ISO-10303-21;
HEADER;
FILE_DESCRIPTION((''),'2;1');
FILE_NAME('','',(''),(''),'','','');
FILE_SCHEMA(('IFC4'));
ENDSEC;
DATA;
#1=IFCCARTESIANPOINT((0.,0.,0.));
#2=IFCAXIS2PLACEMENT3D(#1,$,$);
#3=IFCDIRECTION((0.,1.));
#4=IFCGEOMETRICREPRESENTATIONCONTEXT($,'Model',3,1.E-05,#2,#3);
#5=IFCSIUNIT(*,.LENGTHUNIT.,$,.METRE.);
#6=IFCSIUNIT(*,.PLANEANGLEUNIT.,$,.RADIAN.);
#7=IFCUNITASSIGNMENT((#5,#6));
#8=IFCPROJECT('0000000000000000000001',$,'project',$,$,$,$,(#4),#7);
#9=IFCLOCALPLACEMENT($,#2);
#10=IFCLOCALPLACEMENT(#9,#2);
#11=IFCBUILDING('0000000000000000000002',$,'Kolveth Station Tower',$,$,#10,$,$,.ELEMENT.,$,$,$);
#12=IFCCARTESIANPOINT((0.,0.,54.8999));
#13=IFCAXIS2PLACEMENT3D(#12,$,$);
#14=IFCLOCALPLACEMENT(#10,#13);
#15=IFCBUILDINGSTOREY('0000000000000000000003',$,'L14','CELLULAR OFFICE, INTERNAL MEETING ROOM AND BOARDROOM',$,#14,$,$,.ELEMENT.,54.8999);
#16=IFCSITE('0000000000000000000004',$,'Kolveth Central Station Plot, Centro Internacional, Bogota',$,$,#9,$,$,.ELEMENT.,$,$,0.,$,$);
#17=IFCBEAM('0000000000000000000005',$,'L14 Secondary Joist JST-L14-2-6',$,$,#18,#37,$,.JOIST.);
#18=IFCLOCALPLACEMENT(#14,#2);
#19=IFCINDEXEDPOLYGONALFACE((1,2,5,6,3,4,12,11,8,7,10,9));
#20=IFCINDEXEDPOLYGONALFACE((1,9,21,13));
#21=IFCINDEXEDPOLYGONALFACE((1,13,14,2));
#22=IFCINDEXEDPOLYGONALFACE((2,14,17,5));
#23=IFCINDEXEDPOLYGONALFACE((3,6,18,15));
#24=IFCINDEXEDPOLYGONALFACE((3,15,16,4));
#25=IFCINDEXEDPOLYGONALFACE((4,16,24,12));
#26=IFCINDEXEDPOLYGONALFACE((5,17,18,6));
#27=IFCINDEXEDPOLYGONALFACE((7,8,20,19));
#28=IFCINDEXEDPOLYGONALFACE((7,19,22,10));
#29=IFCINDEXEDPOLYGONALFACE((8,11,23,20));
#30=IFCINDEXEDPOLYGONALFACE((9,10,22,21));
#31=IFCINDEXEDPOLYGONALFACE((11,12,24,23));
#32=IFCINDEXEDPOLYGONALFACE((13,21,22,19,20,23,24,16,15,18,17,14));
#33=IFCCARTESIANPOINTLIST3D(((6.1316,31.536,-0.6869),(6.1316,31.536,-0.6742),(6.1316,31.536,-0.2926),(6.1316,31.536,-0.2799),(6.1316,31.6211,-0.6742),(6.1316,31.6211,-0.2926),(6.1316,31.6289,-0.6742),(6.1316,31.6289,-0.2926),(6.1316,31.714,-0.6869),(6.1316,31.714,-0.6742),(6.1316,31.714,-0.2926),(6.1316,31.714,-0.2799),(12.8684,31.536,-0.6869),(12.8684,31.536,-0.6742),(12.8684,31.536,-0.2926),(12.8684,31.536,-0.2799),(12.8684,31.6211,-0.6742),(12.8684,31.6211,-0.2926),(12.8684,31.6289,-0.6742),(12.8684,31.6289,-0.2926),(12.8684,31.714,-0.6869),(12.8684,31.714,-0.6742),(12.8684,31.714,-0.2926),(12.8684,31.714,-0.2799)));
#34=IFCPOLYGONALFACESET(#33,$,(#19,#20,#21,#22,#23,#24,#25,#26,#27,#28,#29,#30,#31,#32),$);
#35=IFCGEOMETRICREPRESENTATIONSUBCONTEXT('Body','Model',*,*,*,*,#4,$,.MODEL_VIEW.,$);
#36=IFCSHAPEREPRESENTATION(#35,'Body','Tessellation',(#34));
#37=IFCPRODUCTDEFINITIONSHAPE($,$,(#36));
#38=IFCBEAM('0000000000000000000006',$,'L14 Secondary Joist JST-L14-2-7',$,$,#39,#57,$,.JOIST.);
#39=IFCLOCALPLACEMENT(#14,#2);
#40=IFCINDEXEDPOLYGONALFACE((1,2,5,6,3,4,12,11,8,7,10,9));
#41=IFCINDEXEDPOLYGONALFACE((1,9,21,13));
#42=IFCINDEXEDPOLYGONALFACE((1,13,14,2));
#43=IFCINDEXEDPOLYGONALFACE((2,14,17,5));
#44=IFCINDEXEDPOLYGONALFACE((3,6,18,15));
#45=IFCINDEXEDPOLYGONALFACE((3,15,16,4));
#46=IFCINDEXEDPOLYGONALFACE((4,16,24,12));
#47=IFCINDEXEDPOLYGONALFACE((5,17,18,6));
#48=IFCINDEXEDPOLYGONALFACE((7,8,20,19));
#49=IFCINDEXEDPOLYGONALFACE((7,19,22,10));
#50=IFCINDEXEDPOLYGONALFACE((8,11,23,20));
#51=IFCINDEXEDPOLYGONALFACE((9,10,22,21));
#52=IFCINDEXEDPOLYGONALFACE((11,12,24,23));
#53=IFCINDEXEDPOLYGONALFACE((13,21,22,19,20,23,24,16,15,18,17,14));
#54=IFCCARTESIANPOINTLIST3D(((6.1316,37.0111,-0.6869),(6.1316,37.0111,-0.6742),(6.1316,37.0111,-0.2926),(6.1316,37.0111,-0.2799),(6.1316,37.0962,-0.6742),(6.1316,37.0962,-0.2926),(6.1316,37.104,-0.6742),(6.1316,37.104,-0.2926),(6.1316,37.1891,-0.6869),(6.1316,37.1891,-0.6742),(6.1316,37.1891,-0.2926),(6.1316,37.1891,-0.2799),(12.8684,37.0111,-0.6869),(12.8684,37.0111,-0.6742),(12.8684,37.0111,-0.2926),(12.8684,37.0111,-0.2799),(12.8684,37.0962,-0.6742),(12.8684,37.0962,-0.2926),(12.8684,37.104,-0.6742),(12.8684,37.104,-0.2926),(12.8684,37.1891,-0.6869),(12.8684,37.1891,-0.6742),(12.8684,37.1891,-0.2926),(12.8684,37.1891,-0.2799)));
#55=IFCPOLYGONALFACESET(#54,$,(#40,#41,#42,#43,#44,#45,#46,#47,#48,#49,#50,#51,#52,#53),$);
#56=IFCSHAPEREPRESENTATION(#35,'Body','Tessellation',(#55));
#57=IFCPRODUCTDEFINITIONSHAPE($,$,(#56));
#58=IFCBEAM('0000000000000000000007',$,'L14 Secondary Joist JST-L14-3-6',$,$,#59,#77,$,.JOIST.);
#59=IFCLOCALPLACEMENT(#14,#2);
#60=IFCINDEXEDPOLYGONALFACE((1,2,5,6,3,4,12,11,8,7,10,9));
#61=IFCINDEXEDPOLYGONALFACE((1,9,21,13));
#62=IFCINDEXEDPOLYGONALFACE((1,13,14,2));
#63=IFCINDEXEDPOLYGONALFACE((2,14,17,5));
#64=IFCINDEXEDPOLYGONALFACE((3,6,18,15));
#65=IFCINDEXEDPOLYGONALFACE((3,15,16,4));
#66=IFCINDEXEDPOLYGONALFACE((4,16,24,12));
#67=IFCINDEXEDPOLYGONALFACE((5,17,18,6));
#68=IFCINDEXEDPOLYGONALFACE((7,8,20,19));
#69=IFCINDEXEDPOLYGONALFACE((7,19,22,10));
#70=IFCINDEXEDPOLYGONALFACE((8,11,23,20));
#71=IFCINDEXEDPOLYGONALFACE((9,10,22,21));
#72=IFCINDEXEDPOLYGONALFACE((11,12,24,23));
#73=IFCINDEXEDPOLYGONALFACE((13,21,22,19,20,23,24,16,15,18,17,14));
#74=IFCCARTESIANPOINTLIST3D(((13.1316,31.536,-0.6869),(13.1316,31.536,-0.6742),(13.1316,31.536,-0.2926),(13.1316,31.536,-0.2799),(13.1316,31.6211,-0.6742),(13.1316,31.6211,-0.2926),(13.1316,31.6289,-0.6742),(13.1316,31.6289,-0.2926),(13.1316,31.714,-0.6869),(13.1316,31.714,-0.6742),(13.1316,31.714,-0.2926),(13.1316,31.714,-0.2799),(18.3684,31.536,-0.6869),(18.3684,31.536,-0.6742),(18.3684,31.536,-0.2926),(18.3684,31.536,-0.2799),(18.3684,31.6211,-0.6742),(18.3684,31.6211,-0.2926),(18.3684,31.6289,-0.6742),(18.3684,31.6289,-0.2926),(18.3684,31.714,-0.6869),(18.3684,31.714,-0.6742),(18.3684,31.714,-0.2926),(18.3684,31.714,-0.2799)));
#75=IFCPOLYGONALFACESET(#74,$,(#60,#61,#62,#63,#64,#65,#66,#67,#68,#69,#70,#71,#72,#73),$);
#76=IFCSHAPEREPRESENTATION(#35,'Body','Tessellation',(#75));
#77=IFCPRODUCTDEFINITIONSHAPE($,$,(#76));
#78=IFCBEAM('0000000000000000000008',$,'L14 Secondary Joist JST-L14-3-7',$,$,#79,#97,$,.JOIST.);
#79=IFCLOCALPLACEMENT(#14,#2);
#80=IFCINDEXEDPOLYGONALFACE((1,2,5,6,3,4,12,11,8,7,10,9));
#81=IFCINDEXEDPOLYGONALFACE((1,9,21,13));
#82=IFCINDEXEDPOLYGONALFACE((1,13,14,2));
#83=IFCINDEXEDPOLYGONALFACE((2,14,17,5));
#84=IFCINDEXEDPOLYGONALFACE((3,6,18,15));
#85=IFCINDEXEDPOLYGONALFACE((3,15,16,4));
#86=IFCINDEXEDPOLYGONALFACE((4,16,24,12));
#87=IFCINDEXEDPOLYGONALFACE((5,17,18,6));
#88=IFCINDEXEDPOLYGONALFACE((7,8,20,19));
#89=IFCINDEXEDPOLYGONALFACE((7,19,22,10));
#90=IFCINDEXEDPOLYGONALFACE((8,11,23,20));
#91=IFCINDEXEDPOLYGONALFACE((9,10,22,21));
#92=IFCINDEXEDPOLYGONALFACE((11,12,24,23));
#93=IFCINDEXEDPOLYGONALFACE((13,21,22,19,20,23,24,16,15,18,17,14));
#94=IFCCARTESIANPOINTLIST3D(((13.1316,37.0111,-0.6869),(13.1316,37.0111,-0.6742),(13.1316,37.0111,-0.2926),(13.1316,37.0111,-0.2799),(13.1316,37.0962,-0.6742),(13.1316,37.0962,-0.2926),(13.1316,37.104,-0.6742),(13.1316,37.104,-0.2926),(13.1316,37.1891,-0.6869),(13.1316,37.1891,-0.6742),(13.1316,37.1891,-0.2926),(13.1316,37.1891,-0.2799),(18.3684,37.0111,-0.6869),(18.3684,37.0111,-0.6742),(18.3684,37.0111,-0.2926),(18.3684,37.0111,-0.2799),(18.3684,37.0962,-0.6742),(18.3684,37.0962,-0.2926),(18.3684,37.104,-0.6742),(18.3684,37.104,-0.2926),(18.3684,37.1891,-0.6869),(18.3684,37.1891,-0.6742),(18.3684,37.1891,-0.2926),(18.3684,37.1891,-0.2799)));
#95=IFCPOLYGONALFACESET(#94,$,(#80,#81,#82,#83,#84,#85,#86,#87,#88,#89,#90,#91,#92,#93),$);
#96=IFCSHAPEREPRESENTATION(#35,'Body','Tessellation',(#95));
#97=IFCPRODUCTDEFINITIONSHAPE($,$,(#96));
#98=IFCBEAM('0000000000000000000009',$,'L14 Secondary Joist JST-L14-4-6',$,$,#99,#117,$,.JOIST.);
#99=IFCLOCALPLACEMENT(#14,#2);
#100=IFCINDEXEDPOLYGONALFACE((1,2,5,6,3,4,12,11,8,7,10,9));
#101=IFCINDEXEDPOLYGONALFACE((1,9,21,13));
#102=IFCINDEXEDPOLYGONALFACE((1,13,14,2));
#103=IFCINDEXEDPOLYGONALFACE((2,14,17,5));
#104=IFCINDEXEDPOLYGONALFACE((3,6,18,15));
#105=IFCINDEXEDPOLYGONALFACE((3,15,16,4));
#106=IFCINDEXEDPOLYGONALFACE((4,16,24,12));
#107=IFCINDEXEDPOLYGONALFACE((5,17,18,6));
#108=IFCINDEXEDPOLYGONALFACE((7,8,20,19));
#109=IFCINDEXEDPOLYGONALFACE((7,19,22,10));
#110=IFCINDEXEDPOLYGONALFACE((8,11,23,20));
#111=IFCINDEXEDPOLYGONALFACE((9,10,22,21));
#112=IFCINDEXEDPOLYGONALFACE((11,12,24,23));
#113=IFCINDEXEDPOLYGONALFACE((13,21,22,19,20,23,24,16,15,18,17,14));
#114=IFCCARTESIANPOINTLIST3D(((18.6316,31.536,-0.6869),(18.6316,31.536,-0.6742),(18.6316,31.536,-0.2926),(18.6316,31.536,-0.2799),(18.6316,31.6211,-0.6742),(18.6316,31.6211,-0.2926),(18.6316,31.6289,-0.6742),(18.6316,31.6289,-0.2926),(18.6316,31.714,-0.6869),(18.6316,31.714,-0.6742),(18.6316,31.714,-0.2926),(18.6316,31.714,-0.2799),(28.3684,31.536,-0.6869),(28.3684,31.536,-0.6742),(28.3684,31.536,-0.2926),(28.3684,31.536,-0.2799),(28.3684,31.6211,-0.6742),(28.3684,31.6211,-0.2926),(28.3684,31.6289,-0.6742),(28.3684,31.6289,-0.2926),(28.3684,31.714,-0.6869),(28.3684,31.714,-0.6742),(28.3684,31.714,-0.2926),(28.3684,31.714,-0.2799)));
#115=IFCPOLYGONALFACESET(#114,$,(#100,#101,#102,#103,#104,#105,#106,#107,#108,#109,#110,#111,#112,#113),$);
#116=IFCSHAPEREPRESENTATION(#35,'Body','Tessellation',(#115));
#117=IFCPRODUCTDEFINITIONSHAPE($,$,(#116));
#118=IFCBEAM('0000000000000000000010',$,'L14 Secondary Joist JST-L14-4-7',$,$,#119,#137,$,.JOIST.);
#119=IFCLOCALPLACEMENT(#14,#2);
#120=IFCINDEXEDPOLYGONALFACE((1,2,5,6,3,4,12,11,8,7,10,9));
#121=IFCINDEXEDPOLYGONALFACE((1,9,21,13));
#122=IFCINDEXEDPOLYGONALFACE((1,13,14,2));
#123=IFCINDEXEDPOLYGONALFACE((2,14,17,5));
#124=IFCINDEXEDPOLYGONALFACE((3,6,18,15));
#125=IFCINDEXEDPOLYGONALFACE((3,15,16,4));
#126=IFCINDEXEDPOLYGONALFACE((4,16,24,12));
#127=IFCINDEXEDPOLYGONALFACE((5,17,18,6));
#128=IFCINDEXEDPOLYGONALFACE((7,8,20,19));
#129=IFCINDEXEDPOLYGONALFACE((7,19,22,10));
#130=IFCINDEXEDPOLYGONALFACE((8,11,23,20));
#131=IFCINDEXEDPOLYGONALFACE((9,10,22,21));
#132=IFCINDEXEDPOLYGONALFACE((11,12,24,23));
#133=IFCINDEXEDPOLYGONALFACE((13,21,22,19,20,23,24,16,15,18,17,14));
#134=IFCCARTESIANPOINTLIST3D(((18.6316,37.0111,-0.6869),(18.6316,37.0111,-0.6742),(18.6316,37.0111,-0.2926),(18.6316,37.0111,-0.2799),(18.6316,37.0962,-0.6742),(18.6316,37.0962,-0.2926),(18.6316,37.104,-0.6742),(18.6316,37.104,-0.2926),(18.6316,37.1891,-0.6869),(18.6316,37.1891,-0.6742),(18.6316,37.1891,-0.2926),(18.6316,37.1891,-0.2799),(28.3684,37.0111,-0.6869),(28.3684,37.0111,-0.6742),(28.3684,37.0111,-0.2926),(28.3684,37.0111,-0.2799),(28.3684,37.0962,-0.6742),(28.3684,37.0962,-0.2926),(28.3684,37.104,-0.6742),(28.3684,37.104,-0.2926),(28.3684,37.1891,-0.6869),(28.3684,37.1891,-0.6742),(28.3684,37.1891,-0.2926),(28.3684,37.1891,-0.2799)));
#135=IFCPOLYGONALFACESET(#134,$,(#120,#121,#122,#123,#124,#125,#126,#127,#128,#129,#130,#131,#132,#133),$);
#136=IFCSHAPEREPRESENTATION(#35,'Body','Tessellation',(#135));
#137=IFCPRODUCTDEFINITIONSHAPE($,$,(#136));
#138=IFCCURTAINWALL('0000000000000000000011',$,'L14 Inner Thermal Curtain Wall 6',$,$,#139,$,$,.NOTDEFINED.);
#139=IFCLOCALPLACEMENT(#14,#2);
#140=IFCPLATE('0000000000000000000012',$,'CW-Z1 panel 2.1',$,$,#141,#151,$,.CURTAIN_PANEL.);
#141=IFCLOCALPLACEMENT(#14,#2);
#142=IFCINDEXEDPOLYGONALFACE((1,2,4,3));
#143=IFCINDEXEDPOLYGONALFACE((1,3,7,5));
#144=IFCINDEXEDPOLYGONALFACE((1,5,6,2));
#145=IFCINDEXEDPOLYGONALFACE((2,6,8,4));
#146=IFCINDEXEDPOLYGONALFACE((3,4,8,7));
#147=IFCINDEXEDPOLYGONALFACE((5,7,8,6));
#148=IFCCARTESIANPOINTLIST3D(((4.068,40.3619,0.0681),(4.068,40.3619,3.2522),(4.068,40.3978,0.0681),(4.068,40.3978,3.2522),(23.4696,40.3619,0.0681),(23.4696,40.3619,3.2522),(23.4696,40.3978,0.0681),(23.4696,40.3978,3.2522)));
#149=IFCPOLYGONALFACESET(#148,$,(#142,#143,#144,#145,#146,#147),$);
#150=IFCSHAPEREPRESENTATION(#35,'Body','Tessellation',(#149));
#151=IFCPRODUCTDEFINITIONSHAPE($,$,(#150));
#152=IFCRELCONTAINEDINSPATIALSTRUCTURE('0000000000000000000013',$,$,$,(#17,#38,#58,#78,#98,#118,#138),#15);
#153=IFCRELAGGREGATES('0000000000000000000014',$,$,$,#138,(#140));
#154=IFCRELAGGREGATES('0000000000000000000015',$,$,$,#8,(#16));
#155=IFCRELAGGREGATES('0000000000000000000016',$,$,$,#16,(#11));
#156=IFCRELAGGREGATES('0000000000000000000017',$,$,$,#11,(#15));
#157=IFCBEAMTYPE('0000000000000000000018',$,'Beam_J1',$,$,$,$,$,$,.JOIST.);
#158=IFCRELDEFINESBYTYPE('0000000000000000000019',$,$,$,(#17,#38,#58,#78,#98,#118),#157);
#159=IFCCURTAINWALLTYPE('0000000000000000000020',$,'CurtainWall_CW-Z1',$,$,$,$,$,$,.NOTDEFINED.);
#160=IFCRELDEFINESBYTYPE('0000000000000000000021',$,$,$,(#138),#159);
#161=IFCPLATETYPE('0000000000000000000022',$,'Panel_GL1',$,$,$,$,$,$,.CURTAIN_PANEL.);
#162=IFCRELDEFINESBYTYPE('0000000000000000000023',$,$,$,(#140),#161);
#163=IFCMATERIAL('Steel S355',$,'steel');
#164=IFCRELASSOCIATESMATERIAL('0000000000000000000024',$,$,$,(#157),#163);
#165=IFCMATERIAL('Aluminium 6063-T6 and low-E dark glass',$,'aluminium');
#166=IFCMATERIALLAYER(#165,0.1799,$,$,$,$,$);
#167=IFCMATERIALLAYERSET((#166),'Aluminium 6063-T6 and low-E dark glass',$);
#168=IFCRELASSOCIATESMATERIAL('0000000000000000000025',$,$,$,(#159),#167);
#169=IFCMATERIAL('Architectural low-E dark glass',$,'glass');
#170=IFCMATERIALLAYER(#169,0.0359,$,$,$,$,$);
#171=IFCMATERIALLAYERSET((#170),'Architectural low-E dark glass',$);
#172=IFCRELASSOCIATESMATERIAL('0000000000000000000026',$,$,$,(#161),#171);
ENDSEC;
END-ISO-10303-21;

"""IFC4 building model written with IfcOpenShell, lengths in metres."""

from ifc_helpers import new_model, si_unit, direction, frame, origin, origin_2d, place, context, subcontext, project, spatial, rectangle, i_section, extrude, source, transform, mapped, material, layer, layer_set, material_profile, profile_set, type_object, element, aggregate, save


model = new_model("IFC4")

# Units and contexts
model_context = context("Model", 3, precision=1e-05, world=origin(), true_north=direction((0.0, 1.0)))
body_context = subcontext(model_context, "Body", "Model", "MODEL_VIEW")
ifc_project = project(units=[si_unit("LENGTHUNIT", "METRE"), si_unit("PLANEANGLEUNIT", "RADIAN")], contexts=[model_context])

# Site, building, storey
site_placement = place(None, origin())
site = spatial("IfcSite", under=ifc_project, at=site_placement, Name="Kolveth Central Station Plot, Centro Internacional, Bogota", CompositionType="ELEMENT", RefElevation=0.0)
building_placement = place(site_placement, origin())
building = spatial("IfcBuilding", under=site, at=building_placement, Name="Kolveth Station Tower", CompositionType="ELEMENT")
storey_placement = place(building_placement, frame((0.0, 0.0, 54.8999)))
storey = spatial("IfcBuildingStorey", under=building, at=storey_placement, Name="L14", Description="CELLULAR OFFICE, INTERNAL MEETING ROOM AND BOARDROOM", CompositionType="ELEMENT", Elevation=54.8999)

# Shared definitions
ifc_material_1 = material(Name="Steel S355", Category="steel")

# Beams
ifc_material_profile_1 = material_profile(ifc_material_1, i_section(OverallWidth=0.178, OverallDepth=0.407, WebThickness=0.0078, FlangeThickness=0.0127, at=origin_2d()), Name="W410x60")
ifc_profile_set_1 = profile_set([ifc_material_profile_1], Name="Steel S355")
beam_type_1 = type_object("IfcBeamType", Name="Beam_J1", PredefinedType="JOIST", material=ifc_profile_set_1)
shared_shape_1 = source(origin(), body_context, "Body", "SweptSolid", [
    extrude(i_section(OverallWidth=0.178, OverallDepth=0.407, WebThickness=0.0078, FlangeThickness=0.0127, at=origin_2d()), origin(), (0.0, 0.0, 1.0), 6.7368),
])
for number, where, z_axis, x_axis, name in (
    (1, (6.1316, 31.625, -0.4834), (1.0, 0.0, 0.0), (0.0, 1.0, 0.0), "L14 Secondary Joist JST-L14-2-6"),
    (2, (6.1316, 37.1001, -0.4834), (1.0, 0.0, 0.0), (0.0, 1.0, 0.0), "L14 Secondary Joist JST-L14-2-7"),
):
    element("IfcBeam", number, at=place(storey_placement, frame(where, z_axis=z_axis, x_axis=x_axis)), inside=storey, type_object=beam_type_1, Name=name, PredefinedType="JOIST", context=body_context, shape_type="MappedRepresentation", body=[
        mapped(shared_shape_1, transform((0.0, 0.0, 0.0), x_axis=(1.0, 0.0, 0.0), y_axis=(0.0, 1.0, 0.0), z_axis=(0.0, 0.0, 1.0), scale=1.0)),
    ])
shared_shape_2 = source(origin(), body_context, "Body", "SweptSolid", [
    extrude(i_section(OverallWidth=0.178, OverallDepth=0.407, WebThickness=0.0078, FlangeThickness=0.0127, at=origin_2d()), origin(), (0.0, 0.0, 1.0), 5.2368),
])
for number, where, z_axis, x_axis, name in (
    (3, (13.1316, 31.625, -0.4834), (1.0, 0.0, 0.0), (0.0, 1.0, 0.0), "L14 Secondary Joist JST-L14-3-6"),
    (4, (13.1316, 37.1001, -0.4834), (1.0, 0.0, 0.0), (0.0, 1.0, 0.0), "L14 Secondary Joist JST-L14-3-7"),
):
    element("IfcBeam", number, at=place(storey_placement, frame(where, z_axis=z_axis, x_axis=x_axis)), inside=storey, type_object=beam_type_1, Name=name, PredefinedType="JOIST", context=body_context, shape_type="MappedRepresentation", body=[
        mapped(shared_shape_2, transform((0.0, 0.0, 0.0), x_axis=(1.0, 0.0, 0.0), y_axis=(0.0, 1.0, 0.0), z_axis=(0.0, 0.0, 1.0), scale=1.0)),
    ])
shared_shape_3 = source(origin(), body_context, "Body", "SweptSolid", [
    extrude(i_section(OverallWidth=0.178, OverallDepth=0.407, WebThickness=0.0078, FlangeThickness=0.0127, at=origin_2d()), origin(), (0.0, 0.0, 1.0), 9.7368),
])
for number, where, z_axis, x_axis, name in (
    (5, (18.6316, 31.625, -0.4834), (1.0, 0.0, 0.0), (0.0, 1.0, 0.0), "L14 Secondary Joist JST-L14-4-6"),
    (6, (18.6316, 37.1001, -0.4834), (1.0, 0.0, 0.0), (0.0, 1.0, 0.0), "L14 Secondary Joist JST-L14-4-7"),
):
    element("IfcBeam", number, at=place(storey_placement, frame(where, z_axis=z_axis, x_axis=x_axis)), inside=storey, type_object=beam_type_1, Name=name, PredefinedType="JOIST", context=body_context, shape_type="MappedRepresentation", body=[
        mapped(shared_shape_3, transform((0.0, 0.0, 0.0), x_axis=(1.0, 0.0, 0.0), y_axis=(0.0, 1.0, 0.0), z_axis=(0.0, 0.0, 1.0), scale=1.0)),
    ])

# Curtain wall, plate
ifc_material_2 = material(Name="Aluminium 6063-T6 and low-E dark glass", Category="aluminium")
ifc_layer_1 = layer(ifc_material_2, 0.1799)
ifc_layer_set_1 = layer_set([ifc_layer_1], Name="Aluminium 6063-T6 and low-E dark glass")
curtain_wall_type = type_object("IfcCurtainWallType", Name="CurtainWall_CW-Z1", PredefinedType="NOTDEFINED", material=ifc_layer_set_1)
curtain_wall_placement = place(storey_placement, origin())
curtain_wall = element("IfcCurtainWall", 7, at=curtain_wall_placement, inside=storey, type_object=curtain_wall_type, Name="L14 Inner Thermal Curtain Wall 6", PredefinedType="NOTDEFINED")
ifc_material_3 = material(Name="Architectural low-E dark glass", Category="glass")
ifc_layer_2 = layer(ifc_material_3, 0.0359)
ifc_layer_set_2 = layer_set([ifc_layer_2], Name="Architectural low-E dark glass")
plate_type = type_object("IfcPlateType", Name="Panel_GL1", PredefinedType="CURTAIN_PANEL", material=ifc_layer_set_2)
shared_shape_4 = source(origin(), body_context, "Body", "SweptSolid", [
    extrude(rectangle(XDim=19.4016, YDim=0.0359, at=origin_2d()), origin(), (0.0, 0.0, 1.0), 3.1841),
])
plate_placement = place(storey_placement, frame((13.7688, 40.3799, 0.0681), z_axis=(0.0, 0.0, 1.0), x_axis=(-1.0, 0.0, 0.0)))
plate = element("IfcPlate", 8, at=plate_placement, type_object=plate_type, Name="CW-Z1 panel 2.1", PredefinedType="CURTAIN_PANEL", context=body_context, shape_type="MappedRepresentation", body=[
    mapped(shared_shape_4, transform((0.0, 0.0, 0.0), x_axis=(1.0, 0.0, 0.0), y_axis=(0.0, 1.0, 0.0), z_axis=(0.0, 0.0, 1.0), scale=1.0)),
])
aggregate(curtain_wall, [plate])

save(model, "model.ifc")
